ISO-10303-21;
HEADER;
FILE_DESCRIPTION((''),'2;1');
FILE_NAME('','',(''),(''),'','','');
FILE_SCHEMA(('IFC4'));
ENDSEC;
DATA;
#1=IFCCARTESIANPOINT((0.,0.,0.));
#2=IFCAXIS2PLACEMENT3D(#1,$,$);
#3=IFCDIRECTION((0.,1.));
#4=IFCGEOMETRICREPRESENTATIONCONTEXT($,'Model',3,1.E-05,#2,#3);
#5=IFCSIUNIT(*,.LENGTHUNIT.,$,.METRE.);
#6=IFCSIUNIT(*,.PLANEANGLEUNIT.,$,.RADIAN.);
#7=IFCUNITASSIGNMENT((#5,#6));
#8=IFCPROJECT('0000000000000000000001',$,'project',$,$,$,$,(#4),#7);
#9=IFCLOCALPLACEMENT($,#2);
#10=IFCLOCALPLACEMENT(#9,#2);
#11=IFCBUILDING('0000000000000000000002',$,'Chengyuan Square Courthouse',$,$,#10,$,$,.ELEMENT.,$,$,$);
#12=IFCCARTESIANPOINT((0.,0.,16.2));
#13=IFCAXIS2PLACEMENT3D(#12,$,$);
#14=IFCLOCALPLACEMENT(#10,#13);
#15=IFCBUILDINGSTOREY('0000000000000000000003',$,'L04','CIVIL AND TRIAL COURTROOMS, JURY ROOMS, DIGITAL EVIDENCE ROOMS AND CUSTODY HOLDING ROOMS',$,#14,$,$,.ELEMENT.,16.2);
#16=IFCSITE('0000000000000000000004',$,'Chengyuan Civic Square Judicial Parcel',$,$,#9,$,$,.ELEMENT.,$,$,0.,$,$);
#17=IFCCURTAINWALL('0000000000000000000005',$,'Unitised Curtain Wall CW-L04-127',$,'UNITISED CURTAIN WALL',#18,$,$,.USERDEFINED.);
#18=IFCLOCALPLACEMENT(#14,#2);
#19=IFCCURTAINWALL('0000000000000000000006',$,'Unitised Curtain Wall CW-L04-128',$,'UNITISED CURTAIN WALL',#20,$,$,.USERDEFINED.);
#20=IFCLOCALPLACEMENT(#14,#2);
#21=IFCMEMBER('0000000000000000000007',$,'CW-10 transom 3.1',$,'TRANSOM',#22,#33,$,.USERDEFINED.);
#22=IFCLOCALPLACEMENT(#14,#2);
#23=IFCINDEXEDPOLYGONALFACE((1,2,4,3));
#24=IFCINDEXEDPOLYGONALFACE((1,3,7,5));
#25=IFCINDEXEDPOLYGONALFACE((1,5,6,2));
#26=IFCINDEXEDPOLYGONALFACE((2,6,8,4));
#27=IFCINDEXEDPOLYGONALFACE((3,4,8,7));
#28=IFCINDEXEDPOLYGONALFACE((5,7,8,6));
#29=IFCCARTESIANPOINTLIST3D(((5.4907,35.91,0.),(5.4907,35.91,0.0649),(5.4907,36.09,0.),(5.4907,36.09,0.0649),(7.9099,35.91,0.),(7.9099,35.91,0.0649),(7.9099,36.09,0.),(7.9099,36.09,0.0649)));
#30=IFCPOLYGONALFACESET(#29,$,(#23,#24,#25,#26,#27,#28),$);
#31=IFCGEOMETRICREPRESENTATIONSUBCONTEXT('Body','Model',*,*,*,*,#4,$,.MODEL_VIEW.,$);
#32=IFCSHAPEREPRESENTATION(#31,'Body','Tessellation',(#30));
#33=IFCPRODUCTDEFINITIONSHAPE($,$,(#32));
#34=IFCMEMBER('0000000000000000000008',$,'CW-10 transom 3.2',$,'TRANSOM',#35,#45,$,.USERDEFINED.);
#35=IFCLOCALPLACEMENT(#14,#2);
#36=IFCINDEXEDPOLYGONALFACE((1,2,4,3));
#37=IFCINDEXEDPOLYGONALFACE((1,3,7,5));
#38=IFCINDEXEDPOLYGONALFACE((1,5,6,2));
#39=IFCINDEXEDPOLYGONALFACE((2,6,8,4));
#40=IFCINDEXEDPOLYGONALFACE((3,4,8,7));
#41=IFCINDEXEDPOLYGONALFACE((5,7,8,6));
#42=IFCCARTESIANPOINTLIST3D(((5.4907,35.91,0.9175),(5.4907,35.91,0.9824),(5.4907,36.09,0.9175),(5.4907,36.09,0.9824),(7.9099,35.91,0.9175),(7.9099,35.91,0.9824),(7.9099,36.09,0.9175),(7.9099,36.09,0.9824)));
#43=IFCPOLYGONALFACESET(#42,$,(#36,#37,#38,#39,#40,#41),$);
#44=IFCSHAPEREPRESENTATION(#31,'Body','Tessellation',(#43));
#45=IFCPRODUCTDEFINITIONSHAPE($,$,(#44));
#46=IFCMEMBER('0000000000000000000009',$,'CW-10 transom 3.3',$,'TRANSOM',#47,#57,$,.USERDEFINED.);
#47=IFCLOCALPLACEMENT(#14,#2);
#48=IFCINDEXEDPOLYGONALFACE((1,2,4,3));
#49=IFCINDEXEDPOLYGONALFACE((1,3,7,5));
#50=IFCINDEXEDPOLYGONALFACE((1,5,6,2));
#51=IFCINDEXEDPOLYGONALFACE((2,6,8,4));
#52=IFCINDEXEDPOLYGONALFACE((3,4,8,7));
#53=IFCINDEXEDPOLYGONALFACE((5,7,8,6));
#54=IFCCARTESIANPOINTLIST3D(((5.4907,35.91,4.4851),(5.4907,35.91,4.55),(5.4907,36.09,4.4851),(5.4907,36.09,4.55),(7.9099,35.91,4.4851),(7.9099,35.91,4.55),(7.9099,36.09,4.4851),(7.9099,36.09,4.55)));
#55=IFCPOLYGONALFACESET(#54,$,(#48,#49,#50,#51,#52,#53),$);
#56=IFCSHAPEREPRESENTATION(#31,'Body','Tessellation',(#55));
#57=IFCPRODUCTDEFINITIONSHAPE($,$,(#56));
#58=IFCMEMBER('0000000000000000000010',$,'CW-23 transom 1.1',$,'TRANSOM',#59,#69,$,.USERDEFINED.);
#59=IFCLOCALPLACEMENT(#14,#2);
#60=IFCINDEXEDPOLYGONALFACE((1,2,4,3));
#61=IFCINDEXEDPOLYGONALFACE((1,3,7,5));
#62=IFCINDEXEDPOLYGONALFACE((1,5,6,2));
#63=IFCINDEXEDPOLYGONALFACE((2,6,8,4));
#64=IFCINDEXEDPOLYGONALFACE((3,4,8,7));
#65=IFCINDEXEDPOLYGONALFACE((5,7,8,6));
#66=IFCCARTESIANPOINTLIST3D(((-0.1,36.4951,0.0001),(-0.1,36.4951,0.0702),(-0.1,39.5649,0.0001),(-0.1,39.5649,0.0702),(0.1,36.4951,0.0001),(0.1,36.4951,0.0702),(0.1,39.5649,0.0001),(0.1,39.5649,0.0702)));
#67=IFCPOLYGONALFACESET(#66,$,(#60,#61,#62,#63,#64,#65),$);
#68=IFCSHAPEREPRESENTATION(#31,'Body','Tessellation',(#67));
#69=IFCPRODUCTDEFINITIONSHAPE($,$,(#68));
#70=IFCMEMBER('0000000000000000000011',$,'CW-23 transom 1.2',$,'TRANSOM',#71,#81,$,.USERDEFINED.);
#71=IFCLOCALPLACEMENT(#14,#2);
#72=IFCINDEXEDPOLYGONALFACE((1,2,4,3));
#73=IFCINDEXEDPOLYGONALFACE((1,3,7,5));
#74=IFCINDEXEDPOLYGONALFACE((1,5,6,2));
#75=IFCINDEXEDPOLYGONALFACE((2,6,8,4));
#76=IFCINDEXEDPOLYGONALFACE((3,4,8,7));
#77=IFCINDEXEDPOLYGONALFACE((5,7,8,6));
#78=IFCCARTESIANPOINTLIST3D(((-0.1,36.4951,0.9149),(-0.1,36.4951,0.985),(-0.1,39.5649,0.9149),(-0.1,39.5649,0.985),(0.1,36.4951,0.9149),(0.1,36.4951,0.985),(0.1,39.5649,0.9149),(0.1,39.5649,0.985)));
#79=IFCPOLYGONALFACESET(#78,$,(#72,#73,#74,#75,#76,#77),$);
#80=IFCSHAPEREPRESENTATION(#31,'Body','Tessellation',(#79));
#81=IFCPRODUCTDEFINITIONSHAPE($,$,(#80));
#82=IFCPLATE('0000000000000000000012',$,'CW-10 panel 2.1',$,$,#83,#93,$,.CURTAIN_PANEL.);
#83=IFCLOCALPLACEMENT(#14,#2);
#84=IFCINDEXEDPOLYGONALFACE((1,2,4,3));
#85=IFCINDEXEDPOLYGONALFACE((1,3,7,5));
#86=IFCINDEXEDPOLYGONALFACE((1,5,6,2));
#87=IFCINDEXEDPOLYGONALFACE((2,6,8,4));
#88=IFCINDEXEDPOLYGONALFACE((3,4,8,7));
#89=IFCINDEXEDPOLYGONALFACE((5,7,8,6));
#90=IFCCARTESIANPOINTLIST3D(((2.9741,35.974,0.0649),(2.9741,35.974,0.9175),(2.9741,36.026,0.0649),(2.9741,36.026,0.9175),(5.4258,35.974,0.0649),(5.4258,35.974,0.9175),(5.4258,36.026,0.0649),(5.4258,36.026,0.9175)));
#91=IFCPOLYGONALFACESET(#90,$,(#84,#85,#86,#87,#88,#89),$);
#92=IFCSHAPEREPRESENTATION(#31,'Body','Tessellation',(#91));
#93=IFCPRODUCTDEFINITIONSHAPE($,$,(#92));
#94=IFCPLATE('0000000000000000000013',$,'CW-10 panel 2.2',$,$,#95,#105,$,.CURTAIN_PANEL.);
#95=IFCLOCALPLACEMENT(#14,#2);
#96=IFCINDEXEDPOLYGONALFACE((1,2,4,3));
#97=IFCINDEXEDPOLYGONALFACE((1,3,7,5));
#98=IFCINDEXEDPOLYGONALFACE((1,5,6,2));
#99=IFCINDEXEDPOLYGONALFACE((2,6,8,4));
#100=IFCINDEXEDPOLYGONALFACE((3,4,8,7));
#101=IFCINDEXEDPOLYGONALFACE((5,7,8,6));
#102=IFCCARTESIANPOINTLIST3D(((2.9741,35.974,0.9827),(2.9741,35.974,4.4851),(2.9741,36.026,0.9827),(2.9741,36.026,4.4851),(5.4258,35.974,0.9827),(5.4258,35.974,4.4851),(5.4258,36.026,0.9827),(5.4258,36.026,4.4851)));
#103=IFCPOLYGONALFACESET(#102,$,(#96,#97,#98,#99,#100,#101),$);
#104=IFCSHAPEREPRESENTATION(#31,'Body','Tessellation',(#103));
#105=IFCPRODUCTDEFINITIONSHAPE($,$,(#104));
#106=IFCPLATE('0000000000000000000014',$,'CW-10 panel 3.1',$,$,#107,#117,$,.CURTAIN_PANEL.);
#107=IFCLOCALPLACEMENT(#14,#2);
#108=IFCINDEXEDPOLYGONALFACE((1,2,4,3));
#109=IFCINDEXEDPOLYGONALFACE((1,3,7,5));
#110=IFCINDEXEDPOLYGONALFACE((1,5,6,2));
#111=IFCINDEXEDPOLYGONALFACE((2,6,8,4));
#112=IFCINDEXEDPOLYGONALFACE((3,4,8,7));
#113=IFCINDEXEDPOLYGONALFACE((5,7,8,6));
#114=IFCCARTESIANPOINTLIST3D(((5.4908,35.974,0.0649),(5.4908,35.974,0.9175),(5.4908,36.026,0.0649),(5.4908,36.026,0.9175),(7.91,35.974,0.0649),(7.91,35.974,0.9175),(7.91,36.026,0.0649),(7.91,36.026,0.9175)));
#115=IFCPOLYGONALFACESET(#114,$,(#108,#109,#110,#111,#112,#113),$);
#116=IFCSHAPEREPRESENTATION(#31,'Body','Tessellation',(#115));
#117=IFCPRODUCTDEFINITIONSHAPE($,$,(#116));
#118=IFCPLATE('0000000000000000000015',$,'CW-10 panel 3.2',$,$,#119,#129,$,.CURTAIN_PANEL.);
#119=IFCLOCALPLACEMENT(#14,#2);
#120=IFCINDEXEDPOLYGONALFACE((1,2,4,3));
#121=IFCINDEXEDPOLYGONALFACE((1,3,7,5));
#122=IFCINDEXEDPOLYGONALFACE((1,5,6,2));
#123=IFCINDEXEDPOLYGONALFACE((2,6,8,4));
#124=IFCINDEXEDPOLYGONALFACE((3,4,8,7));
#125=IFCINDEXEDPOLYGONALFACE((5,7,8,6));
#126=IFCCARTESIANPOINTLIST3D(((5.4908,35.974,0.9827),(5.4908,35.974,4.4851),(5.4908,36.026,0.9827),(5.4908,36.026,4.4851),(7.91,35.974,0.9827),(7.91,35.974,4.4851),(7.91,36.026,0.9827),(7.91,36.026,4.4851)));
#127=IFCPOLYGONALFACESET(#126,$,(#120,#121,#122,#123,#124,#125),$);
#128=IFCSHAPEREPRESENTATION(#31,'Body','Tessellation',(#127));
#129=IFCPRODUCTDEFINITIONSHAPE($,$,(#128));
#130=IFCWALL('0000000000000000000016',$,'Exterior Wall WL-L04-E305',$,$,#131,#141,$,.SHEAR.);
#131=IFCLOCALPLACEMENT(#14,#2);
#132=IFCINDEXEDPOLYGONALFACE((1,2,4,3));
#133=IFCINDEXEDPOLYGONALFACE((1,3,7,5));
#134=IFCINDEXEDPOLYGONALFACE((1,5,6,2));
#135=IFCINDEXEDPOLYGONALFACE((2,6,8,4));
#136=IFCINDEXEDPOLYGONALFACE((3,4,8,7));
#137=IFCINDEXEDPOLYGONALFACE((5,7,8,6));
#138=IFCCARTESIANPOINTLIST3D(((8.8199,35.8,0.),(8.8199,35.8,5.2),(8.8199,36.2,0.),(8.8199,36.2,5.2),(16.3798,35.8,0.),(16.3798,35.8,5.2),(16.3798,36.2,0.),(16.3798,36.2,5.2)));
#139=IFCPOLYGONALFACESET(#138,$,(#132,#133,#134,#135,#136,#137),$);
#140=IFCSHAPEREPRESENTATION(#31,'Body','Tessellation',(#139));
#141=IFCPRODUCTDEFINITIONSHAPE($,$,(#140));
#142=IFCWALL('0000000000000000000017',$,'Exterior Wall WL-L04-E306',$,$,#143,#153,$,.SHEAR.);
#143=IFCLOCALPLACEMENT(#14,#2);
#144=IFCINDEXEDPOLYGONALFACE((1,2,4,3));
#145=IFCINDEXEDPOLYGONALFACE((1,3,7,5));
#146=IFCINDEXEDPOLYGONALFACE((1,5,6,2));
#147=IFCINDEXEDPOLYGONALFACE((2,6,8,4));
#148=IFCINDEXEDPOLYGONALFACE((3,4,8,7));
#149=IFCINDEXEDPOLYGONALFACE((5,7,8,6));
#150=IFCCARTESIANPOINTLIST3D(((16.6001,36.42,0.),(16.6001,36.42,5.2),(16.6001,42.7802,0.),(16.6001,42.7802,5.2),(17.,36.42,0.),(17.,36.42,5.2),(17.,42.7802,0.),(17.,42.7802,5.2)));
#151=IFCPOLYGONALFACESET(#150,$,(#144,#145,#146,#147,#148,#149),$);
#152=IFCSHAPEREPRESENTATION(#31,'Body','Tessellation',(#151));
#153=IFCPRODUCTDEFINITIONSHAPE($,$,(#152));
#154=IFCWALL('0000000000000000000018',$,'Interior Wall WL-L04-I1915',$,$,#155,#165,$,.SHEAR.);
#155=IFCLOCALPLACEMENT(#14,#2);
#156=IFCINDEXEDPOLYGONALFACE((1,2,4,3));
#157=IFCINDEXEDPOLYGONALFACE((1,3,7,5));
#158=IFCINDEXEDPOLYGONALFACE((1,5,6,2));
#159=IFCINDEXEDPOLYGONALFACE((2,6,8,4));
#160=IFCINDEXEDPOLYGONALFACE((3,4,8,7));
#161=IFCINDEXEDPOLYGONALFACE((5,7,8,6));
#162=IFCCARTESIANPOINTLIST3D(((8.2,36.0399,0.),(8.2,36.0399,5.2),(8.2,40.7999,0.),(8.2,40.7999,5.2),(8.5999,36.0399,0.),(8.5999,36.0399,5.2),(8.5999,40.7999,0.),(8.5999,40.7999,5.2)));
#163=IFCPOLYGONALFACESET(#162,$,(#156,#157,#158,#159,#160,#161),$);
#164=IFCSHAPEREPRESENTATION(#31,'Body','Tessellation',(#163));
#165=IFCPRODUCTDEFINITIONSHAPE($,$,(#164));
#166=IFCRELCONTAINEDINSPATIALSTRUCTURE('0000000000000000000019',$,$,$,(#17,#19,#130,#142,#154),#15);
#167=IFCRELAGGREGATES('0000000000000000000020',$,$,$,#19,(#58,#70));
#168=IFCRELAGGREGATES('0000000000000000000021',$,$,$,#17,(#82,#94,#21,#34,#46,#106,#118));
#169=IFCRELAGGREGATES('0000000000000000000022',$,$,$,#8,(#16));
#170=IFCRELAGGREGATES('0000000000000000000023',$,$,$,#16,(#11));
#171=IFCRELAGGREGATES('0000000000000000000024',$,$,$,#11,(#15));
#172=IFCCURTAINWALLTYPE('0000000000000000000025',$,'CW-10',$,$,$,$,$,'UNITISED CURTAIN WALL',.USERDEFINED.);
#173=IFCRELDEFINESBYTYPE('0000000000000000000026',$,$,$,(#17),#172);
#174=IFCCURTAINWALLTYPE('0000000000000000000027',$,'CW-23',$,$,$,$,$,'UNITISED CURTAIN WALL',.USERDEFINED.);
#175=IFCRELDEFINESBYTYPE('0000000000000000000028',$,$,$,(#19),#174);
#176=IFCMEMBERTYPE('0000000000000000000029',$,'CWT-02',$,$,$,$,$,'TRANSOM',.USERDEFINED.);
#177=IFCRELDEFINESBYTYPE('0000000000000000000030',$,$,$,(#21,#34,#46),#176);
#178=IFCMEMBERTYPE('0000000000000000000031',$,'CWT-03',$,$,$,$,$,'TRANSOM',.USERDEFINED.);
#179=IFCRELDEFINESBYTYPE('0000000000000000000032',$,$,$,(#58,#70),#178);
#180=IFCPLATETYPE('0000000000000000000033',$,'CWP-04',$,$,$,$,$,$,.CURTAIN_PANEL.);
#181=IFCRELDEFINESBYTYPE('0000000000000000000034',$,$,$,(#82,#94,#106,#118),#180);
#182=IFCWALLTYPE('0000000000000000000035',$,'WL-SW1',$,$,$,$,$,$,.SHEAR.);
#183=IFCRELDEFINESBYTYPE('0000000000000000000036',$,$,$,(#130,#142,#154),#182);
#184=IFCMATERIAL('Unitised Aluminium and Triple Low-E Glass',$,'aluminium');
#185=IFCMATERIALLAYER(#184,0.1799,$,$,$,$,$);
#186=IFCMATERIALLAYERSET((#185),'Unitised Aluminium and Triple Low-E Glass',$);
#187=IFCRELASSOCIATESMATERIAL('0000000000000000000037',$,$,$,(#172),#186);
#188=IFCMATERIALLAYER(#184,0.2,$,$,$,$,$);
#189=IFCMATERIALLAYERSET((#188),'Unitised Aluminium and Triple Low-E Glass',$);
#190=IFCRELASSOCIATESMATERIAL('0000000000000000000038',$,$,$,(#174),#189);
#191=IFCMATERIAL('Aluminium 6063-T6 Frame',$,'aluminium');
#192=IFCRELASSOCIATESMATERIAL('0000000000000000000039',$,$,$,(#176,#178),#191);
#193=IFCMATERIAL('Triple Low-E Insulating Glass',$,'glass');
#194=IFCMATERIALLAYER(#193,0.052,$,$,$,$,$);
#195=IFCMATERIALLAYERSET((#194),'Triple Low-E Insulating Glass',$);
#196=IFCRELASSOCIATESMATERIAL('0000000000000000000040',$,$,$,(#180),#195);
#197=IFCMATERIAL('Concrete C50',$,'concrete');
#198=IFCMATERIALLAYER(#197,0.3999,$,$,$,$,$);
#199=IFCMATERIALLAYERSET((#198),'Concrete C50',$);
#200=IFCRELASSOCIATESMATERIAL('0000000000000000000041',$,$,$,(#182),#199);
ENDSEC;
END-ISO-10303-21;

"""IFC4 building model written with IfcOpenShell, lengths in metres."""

from ifc_helpers import new_model, si_unit, direction, frame, frame_2d, origin, origin_2d, place, context, subcontext, project, spatial, rectangle, extrude, material, layer, layer_set, material_profile, profile_set, type_object, element, aggregate, save


model = new_model("IFC4")

# Units and contexts
model_context = context("Model", 3, precision=1e-05, world=origin(), true_north=direction((0.0, 1.0)))
body_context = subcontext(model_context, "Body", "Model", "MODEL_VIEW")
ifc_project = project(units=[si_unit("LENGTHUNIT", "METRE"), si_unit("PLANEANGLEUNIT", "RADIAN")], contexts=[model_context])

# Site, building, storey
site_placement = place(None, origin())
site = spatial("IfcSite", under=ifc_project, at=site_placement, Name="Chengyuan Civic Square Judicial Parcel", CompositionType="ELEMENT", RefElevation=0.0)
building_placement = place(site_placement, origin())
building = spatial("IfcBuilding", under=site, at=building_placement, Name="Chengyuan Square Courthouse", CompositionType="ELEMENT")
storey_placement = place(building_placement, frame((0.0, 0.0, 16.2)))
storey = spatial("IfcBuildingStorey", under=building, at=storey_placement, Name="L04", Description="CIVIL AND TRIAL COURTROOMS, JURY ROOMS, DIGITAL EVIDENCE ROOMS AND CUSTODY HOLDING ROOMS", CompositionType="ELEMENT", Elevation=16.2)

# Shared definitions
ifc_material_1 = material(Name="Concrete C50", Category="concrete")

# Curtain wall
ifc_material_2 = material(Name="Unitised Aluminium and Triple Low-E Glass", Category="aluminium")
ifc_layer_1 = layer(ifc_material_2, 0.1799)
ifc_layer_set_1 = layer_set([ifc_layer_1], Name="Unitised Aluminium and Triple Low-E Glass")
curtain_wall_type_1 = type_object("IfcCurtainWallType", Name="CW-10", ElementType="UNITISED CURTAIN WALL", PredefinedType="USERDEFINED", material=ifc_layer_set_1)
curtain_wall_1_placement = place(storey_placement, origin())
curtain_wall_1 = element("IfcCurtainWall", 1, at=curtain_wall_1_placement, inside=storey, type_object=curtain_wall_type_1, Name="Unitised Curtain Wall CW-L04-127", ObjectType="UNITISED CURTAIN WALL", PredefinedType="USERDEFINED")
ifc_material_3 = material(Name="Aluminium 6063-T6 Frame", Category="aluminium")

# Curtain wall
ifc_layer_2 = layer(ifc_material_2, 0.2)
ifc_layer_set_2 = layer_set([ifc_layer_2], Name="Unitised Aluminium and Triple Low-E Glass")
curtain_wall_type_2 = type_object("IfcCurtainWallType", Name="CW-23", ElementType="UNITISED CURTAIN WALL", PredefinedType="USERDEFINED", material=ifc_layer_set_2)
curtain_wall_2_placement = place(storey_placement, origin())
curtain_wall_2 = element("IfcCurtainWall", 2, at=curtain_wall_2_placement, inside=storey, type_object=curtain_wall_type_2, Name="Unitised Curtain Wall CW-L04-128", ObjectType="UNITISED CURTAIN WALL", PredefinedType="USERDEFINED")

# Members
ifc_material_profile_1 = material_profile(ifc_material_3, rectangle(XDim=0.1799, YDim=0.0649, at=origin_2d()), Name="CW-TRN-65x140")
ifc_profile_set_1 = profile_set([ifc_material_profile_1], Name="Aluminium 6063-T6 Frame")
member_type_1 = type_object("IfcMemberType", Name="CWT-02", ElementType="TRANSOM", PredefinedType="USERDEFINED", material=ifc_profile_set_1)
member_1_placement = place(storey_placement, frame((5.4907, 36.0, 0.0325), z_axis=(1.0, 0.0, 0.0), x_axis=(0.0, 1.0, 0.0)))
member_1 = element("IfcMember", 3, at=member_1_placement, type_object=member_type_1, Name="CW-10 transom 3.1", ObjectType="TRANSOM", PredefinedType="USERDEFINED", context=body_context, shape_type="SweptSolid", body=[
    extrude(rectangle(XDim=0.1799, YDim=0.0649, at=origin_2d()), origin(), (0.0, 0.0, 1.0), 2.4192),
])
member_2_placement = place(storey_placement, frame((5.4907, 36.0, 0.95), z_axis=(1.0, 0.0, 0.0), x_axis=(0.0, 1.0, 0.0)))
member_2 = element("IfcMember", 4, at=member_2_placement, type_object=member_type_1, Name="CW-10 transom 3.2", ObjectType="TRANSOM", PredefinedType="USERDEFINED", context=body_context, shape_type="SweptSolid", body=[
    extrude(rectangle(XDim=0.1799, YDim=0.0649, at=origin_2d()), origin(), (0.0, 0.0, 1.0), 2.4192),
])
member_3_placement = place(storey_placement, frame((5.4907, 36.0, 4.5176), z_axis=(1.0, 0.0, 0.0), x_axis=(0.0, 1.0, 0.0)))
member_3 = element("IfcMember", 5, at=member_3_placement, type_object=member_type_1, Name="CW-10 transom 3.3", ObjectType="TRANSOM", PredefinedType="USERDEFINED", context=body_context, shape_type="SweptSolid", body=[
    extrude(rectangle(XDim=0.1799, YDim=0.0649, at=origin_2d()), origin(), (0.0, 0.0, 1.0), 2.4192),
])
ifc_material_profile_2 = material_profile(ifc_material_3, rectangle(XDim=0.2, YDim=0.0701, at=origin_2d()), Name="CW-TRN-70x160")
ifc_profile_set_2 = profile_set([ifc_material_profile_2], Name="Aluminium 6063-T6 Frame")
member_type_2 = type_object("IfcMemberType", Name="CWT-03", ElementType="TRANSOM", PredefinedType="USERDEFINED", material=ifc_profile_set_2)
member_4_placement = place(storey_placement, frame((0.0, 36.4951, 0.0352), z_axis=(0.0, 1.0, 0.0), x_axis=(-1.0, 0.0, 0.0)))
member_4 = element("IfcMember", 6, at=member_4_placement, type_object=member_type_2, Name="CW-23 transom 1.1", ObjectType="TRANSOM", PredefinedType="USERDEFINED", context=body_context, shape_type="SweptSolid", body=[
    extrude(rectangle(XDim=0.2, YDim=0.0701, at=origin_2d()), origin(), (0.0, 0.0, 1.0), 3.0698),
])
member_5_placement = place(storey_placement, frame((0.0, 36.4951, 0.95), z_axis=(0.0, 1.0, 0.0), x_axis=(-1.0, 0.0, 0.0)))
member_5 = element("IfcMember", 7, at=member_5_placement, type_object=member_type_2, Name="CW-23 transom 1.2", ObjectType="TRANSOM", PredefinedType="USERDEFINED", context=body_context, shape_type="SweptSolid", body=[
    extrude(rectangle(XDim=0.2, YDim=0.0701, at=origin_2d()), origin(), (0.0, 0.0, 1.0), 3.0698),
])
aggregate(curtain_wall_2, [member_4, member_5])

# Plates
ifc_material_4 = material(Name="Triple Low-E Insulating Glass", Category="glass")
ifc_layer_3 = layer(ifc_material_4, 0.052)
ifc_layer_set_3 = layer_set([ifc_layer_3], Name="Triple Low-E Insulating Glass")
plate_type = type_object("IfcPlateType", Name="CWP-04", PredefinedType="CURTAIN_PANEL", material=ifc_layer_set_3)
plate_1_placement = place(storey_placement, frame((4.2, 36.0, 0.0649), z_axis=(0.0, 0.0, 1.0), x_axis=(1.0, 0.0, 0.0)))
plate_1 = element("IfcPlate", 8, at=plate_1_placement, type_object=plate_type, Name="CW-10 panel 2.1", PredefinedType="CURTAIN_PANEL", context=body_context, shape_type="SweptSolid", body=[
    extrude(rectangle(XDim=2.4517, YDim=0.052, at=origin_2d()), origin(), (0.0, 0.0, 1.0), 0.8525),
])
plate_2_placement = place(storey_placement, frame((4.2, 36.0, 0.9827), z_axis=(0.0, 0.0, 1.0), x_axis=(1.0, 0.0, 0.0)))
plate_2 = element("IfcPlate", 9, at=plate_2_placement, type_object=plate_type, Name="CW-10 panel 2.2", PredefinedType="CURTAIN_PANEL", context=body_context, shape_type="SweptSolid", body=[
    extrude(rectangle(XDim=2.4517, YDim=0.052, at=origin_2d()), origin(), (0.0, 0.0, 1.0), 3.5024),
])
plate_3_placement = place(storey_placement, frame((6.7004, 36.0, 0.0649), z_axis=(0.0, 0.0, 1.0), x_axis=(1.0, 0.0, 0.0)))
plate_3 = element("IfcPlate", 10, at=plate_3_placement, type_object=plate_type, Name="CW-10 panel 3.1", PredefinedType="CURTAIN_PANEL", context=body_context, shape_type="SweptSolid", body=[
    extrude(rectangle(XDim=2.4192, YDim=0.052, at=origin_2d()), origin(), (0.0, 0.0, 1.0), 0.8525),
])
plate_4_placement = place(storey_placement, frame((6.7004, 36.0, 0.9827), z_axis=(0.0, 0.0, 1.0), x_axis=(1.0, 0.0, 0.0)))
plate_4 = element("IfcPlate", 11, at=plate_4_placement, type_object=plate_type, Name="CW-10 panel 3.2", PredefinedType="CURTAIN_PANEL", context=body_context, shape_type="SweptSolid", body=[
    extrude(rectangle(XDim=2.4192, YDim=0.052, at=origin_2d()), origin(), (0.0, 0.0, 1.0), 3.5024),
])
aggregate(curtain_wall_1, [plate_1, plate_2, member_1, member_2, member_3, plate_3, plate_4])

# Walls
ifc_layer_4 = layer(ifc_material_1, 0.3999)
ifc_layer_set_4 = layer_set([ifc_layer_4], Name="Concrete C50")
wall_type = type_object("IfcWallType", Name="WL-SW1", PredefinedType="SHEAR", material=ifc_layer_set_4)
wall_1_placement = place(storey_placement, frame((8.8201, 36.0, 0.0), z_axis=(0.0, 0.0, 1.0), x_axis=(1.0, 0.0, 0.0)))
element("IfcWall", 12, at=wall_1_placement, inside=storey, type_object=wall_type, Name="Exterior Wall WL-L04-E305", PredefinedType="SHEAR", context=body_context, shape_type="SweptSolid", body=[
    extrude(rectangle(XDim=7.5598, YDim=0.3999, at=frame_2d((3.7798, 0.0))), origin(), (0.0, 0.0, 1.0), 5.2),
])
wall_2_placement = place(storey_placement, frame((16.8, 36.4199, 0.0), z_axis=(0.0, 0.0, 1.0), x_axis=(0.0, 1.0, 0.0)))
element("IfcWall", 13, at=wall_2_placement, inside=storey, type_object=wall_type, Name="Exterior Wall WL-L04-E306", PredefinedType="SHEAR", context=body_context, shape_type="SweptSolid", body=[
    extrude(rectangle(XDim=6.3601, YDim=0.3999, at=frame_2d((3.1802, 0.0))), origin(), (0.0, 0.0, 1.0), 5.2),
])
wall_3_placement = place(storey_placement, frame((8.3999, 36.04, 0.0), z_axis=(0.0, 0.0, 1.0), x_axis=(0.0, 1.0, 0.0)))
element("IfcWall", 14, at=wall_3_placement, inside=storey, type_object=wall_type, Name="Interior Wall WL-L04-I1915", PredefinedType="SHEAR", context=body_context, shape_type="SweptSolid", body=[
    extrude(rectangle(XDim=4.76, YDim=0.3999, at=frame_2d((2.3799, 0.0))), origin(), (0.0, 0.0, 1.0), 5.2),
])

save(model, "model.ifc")
